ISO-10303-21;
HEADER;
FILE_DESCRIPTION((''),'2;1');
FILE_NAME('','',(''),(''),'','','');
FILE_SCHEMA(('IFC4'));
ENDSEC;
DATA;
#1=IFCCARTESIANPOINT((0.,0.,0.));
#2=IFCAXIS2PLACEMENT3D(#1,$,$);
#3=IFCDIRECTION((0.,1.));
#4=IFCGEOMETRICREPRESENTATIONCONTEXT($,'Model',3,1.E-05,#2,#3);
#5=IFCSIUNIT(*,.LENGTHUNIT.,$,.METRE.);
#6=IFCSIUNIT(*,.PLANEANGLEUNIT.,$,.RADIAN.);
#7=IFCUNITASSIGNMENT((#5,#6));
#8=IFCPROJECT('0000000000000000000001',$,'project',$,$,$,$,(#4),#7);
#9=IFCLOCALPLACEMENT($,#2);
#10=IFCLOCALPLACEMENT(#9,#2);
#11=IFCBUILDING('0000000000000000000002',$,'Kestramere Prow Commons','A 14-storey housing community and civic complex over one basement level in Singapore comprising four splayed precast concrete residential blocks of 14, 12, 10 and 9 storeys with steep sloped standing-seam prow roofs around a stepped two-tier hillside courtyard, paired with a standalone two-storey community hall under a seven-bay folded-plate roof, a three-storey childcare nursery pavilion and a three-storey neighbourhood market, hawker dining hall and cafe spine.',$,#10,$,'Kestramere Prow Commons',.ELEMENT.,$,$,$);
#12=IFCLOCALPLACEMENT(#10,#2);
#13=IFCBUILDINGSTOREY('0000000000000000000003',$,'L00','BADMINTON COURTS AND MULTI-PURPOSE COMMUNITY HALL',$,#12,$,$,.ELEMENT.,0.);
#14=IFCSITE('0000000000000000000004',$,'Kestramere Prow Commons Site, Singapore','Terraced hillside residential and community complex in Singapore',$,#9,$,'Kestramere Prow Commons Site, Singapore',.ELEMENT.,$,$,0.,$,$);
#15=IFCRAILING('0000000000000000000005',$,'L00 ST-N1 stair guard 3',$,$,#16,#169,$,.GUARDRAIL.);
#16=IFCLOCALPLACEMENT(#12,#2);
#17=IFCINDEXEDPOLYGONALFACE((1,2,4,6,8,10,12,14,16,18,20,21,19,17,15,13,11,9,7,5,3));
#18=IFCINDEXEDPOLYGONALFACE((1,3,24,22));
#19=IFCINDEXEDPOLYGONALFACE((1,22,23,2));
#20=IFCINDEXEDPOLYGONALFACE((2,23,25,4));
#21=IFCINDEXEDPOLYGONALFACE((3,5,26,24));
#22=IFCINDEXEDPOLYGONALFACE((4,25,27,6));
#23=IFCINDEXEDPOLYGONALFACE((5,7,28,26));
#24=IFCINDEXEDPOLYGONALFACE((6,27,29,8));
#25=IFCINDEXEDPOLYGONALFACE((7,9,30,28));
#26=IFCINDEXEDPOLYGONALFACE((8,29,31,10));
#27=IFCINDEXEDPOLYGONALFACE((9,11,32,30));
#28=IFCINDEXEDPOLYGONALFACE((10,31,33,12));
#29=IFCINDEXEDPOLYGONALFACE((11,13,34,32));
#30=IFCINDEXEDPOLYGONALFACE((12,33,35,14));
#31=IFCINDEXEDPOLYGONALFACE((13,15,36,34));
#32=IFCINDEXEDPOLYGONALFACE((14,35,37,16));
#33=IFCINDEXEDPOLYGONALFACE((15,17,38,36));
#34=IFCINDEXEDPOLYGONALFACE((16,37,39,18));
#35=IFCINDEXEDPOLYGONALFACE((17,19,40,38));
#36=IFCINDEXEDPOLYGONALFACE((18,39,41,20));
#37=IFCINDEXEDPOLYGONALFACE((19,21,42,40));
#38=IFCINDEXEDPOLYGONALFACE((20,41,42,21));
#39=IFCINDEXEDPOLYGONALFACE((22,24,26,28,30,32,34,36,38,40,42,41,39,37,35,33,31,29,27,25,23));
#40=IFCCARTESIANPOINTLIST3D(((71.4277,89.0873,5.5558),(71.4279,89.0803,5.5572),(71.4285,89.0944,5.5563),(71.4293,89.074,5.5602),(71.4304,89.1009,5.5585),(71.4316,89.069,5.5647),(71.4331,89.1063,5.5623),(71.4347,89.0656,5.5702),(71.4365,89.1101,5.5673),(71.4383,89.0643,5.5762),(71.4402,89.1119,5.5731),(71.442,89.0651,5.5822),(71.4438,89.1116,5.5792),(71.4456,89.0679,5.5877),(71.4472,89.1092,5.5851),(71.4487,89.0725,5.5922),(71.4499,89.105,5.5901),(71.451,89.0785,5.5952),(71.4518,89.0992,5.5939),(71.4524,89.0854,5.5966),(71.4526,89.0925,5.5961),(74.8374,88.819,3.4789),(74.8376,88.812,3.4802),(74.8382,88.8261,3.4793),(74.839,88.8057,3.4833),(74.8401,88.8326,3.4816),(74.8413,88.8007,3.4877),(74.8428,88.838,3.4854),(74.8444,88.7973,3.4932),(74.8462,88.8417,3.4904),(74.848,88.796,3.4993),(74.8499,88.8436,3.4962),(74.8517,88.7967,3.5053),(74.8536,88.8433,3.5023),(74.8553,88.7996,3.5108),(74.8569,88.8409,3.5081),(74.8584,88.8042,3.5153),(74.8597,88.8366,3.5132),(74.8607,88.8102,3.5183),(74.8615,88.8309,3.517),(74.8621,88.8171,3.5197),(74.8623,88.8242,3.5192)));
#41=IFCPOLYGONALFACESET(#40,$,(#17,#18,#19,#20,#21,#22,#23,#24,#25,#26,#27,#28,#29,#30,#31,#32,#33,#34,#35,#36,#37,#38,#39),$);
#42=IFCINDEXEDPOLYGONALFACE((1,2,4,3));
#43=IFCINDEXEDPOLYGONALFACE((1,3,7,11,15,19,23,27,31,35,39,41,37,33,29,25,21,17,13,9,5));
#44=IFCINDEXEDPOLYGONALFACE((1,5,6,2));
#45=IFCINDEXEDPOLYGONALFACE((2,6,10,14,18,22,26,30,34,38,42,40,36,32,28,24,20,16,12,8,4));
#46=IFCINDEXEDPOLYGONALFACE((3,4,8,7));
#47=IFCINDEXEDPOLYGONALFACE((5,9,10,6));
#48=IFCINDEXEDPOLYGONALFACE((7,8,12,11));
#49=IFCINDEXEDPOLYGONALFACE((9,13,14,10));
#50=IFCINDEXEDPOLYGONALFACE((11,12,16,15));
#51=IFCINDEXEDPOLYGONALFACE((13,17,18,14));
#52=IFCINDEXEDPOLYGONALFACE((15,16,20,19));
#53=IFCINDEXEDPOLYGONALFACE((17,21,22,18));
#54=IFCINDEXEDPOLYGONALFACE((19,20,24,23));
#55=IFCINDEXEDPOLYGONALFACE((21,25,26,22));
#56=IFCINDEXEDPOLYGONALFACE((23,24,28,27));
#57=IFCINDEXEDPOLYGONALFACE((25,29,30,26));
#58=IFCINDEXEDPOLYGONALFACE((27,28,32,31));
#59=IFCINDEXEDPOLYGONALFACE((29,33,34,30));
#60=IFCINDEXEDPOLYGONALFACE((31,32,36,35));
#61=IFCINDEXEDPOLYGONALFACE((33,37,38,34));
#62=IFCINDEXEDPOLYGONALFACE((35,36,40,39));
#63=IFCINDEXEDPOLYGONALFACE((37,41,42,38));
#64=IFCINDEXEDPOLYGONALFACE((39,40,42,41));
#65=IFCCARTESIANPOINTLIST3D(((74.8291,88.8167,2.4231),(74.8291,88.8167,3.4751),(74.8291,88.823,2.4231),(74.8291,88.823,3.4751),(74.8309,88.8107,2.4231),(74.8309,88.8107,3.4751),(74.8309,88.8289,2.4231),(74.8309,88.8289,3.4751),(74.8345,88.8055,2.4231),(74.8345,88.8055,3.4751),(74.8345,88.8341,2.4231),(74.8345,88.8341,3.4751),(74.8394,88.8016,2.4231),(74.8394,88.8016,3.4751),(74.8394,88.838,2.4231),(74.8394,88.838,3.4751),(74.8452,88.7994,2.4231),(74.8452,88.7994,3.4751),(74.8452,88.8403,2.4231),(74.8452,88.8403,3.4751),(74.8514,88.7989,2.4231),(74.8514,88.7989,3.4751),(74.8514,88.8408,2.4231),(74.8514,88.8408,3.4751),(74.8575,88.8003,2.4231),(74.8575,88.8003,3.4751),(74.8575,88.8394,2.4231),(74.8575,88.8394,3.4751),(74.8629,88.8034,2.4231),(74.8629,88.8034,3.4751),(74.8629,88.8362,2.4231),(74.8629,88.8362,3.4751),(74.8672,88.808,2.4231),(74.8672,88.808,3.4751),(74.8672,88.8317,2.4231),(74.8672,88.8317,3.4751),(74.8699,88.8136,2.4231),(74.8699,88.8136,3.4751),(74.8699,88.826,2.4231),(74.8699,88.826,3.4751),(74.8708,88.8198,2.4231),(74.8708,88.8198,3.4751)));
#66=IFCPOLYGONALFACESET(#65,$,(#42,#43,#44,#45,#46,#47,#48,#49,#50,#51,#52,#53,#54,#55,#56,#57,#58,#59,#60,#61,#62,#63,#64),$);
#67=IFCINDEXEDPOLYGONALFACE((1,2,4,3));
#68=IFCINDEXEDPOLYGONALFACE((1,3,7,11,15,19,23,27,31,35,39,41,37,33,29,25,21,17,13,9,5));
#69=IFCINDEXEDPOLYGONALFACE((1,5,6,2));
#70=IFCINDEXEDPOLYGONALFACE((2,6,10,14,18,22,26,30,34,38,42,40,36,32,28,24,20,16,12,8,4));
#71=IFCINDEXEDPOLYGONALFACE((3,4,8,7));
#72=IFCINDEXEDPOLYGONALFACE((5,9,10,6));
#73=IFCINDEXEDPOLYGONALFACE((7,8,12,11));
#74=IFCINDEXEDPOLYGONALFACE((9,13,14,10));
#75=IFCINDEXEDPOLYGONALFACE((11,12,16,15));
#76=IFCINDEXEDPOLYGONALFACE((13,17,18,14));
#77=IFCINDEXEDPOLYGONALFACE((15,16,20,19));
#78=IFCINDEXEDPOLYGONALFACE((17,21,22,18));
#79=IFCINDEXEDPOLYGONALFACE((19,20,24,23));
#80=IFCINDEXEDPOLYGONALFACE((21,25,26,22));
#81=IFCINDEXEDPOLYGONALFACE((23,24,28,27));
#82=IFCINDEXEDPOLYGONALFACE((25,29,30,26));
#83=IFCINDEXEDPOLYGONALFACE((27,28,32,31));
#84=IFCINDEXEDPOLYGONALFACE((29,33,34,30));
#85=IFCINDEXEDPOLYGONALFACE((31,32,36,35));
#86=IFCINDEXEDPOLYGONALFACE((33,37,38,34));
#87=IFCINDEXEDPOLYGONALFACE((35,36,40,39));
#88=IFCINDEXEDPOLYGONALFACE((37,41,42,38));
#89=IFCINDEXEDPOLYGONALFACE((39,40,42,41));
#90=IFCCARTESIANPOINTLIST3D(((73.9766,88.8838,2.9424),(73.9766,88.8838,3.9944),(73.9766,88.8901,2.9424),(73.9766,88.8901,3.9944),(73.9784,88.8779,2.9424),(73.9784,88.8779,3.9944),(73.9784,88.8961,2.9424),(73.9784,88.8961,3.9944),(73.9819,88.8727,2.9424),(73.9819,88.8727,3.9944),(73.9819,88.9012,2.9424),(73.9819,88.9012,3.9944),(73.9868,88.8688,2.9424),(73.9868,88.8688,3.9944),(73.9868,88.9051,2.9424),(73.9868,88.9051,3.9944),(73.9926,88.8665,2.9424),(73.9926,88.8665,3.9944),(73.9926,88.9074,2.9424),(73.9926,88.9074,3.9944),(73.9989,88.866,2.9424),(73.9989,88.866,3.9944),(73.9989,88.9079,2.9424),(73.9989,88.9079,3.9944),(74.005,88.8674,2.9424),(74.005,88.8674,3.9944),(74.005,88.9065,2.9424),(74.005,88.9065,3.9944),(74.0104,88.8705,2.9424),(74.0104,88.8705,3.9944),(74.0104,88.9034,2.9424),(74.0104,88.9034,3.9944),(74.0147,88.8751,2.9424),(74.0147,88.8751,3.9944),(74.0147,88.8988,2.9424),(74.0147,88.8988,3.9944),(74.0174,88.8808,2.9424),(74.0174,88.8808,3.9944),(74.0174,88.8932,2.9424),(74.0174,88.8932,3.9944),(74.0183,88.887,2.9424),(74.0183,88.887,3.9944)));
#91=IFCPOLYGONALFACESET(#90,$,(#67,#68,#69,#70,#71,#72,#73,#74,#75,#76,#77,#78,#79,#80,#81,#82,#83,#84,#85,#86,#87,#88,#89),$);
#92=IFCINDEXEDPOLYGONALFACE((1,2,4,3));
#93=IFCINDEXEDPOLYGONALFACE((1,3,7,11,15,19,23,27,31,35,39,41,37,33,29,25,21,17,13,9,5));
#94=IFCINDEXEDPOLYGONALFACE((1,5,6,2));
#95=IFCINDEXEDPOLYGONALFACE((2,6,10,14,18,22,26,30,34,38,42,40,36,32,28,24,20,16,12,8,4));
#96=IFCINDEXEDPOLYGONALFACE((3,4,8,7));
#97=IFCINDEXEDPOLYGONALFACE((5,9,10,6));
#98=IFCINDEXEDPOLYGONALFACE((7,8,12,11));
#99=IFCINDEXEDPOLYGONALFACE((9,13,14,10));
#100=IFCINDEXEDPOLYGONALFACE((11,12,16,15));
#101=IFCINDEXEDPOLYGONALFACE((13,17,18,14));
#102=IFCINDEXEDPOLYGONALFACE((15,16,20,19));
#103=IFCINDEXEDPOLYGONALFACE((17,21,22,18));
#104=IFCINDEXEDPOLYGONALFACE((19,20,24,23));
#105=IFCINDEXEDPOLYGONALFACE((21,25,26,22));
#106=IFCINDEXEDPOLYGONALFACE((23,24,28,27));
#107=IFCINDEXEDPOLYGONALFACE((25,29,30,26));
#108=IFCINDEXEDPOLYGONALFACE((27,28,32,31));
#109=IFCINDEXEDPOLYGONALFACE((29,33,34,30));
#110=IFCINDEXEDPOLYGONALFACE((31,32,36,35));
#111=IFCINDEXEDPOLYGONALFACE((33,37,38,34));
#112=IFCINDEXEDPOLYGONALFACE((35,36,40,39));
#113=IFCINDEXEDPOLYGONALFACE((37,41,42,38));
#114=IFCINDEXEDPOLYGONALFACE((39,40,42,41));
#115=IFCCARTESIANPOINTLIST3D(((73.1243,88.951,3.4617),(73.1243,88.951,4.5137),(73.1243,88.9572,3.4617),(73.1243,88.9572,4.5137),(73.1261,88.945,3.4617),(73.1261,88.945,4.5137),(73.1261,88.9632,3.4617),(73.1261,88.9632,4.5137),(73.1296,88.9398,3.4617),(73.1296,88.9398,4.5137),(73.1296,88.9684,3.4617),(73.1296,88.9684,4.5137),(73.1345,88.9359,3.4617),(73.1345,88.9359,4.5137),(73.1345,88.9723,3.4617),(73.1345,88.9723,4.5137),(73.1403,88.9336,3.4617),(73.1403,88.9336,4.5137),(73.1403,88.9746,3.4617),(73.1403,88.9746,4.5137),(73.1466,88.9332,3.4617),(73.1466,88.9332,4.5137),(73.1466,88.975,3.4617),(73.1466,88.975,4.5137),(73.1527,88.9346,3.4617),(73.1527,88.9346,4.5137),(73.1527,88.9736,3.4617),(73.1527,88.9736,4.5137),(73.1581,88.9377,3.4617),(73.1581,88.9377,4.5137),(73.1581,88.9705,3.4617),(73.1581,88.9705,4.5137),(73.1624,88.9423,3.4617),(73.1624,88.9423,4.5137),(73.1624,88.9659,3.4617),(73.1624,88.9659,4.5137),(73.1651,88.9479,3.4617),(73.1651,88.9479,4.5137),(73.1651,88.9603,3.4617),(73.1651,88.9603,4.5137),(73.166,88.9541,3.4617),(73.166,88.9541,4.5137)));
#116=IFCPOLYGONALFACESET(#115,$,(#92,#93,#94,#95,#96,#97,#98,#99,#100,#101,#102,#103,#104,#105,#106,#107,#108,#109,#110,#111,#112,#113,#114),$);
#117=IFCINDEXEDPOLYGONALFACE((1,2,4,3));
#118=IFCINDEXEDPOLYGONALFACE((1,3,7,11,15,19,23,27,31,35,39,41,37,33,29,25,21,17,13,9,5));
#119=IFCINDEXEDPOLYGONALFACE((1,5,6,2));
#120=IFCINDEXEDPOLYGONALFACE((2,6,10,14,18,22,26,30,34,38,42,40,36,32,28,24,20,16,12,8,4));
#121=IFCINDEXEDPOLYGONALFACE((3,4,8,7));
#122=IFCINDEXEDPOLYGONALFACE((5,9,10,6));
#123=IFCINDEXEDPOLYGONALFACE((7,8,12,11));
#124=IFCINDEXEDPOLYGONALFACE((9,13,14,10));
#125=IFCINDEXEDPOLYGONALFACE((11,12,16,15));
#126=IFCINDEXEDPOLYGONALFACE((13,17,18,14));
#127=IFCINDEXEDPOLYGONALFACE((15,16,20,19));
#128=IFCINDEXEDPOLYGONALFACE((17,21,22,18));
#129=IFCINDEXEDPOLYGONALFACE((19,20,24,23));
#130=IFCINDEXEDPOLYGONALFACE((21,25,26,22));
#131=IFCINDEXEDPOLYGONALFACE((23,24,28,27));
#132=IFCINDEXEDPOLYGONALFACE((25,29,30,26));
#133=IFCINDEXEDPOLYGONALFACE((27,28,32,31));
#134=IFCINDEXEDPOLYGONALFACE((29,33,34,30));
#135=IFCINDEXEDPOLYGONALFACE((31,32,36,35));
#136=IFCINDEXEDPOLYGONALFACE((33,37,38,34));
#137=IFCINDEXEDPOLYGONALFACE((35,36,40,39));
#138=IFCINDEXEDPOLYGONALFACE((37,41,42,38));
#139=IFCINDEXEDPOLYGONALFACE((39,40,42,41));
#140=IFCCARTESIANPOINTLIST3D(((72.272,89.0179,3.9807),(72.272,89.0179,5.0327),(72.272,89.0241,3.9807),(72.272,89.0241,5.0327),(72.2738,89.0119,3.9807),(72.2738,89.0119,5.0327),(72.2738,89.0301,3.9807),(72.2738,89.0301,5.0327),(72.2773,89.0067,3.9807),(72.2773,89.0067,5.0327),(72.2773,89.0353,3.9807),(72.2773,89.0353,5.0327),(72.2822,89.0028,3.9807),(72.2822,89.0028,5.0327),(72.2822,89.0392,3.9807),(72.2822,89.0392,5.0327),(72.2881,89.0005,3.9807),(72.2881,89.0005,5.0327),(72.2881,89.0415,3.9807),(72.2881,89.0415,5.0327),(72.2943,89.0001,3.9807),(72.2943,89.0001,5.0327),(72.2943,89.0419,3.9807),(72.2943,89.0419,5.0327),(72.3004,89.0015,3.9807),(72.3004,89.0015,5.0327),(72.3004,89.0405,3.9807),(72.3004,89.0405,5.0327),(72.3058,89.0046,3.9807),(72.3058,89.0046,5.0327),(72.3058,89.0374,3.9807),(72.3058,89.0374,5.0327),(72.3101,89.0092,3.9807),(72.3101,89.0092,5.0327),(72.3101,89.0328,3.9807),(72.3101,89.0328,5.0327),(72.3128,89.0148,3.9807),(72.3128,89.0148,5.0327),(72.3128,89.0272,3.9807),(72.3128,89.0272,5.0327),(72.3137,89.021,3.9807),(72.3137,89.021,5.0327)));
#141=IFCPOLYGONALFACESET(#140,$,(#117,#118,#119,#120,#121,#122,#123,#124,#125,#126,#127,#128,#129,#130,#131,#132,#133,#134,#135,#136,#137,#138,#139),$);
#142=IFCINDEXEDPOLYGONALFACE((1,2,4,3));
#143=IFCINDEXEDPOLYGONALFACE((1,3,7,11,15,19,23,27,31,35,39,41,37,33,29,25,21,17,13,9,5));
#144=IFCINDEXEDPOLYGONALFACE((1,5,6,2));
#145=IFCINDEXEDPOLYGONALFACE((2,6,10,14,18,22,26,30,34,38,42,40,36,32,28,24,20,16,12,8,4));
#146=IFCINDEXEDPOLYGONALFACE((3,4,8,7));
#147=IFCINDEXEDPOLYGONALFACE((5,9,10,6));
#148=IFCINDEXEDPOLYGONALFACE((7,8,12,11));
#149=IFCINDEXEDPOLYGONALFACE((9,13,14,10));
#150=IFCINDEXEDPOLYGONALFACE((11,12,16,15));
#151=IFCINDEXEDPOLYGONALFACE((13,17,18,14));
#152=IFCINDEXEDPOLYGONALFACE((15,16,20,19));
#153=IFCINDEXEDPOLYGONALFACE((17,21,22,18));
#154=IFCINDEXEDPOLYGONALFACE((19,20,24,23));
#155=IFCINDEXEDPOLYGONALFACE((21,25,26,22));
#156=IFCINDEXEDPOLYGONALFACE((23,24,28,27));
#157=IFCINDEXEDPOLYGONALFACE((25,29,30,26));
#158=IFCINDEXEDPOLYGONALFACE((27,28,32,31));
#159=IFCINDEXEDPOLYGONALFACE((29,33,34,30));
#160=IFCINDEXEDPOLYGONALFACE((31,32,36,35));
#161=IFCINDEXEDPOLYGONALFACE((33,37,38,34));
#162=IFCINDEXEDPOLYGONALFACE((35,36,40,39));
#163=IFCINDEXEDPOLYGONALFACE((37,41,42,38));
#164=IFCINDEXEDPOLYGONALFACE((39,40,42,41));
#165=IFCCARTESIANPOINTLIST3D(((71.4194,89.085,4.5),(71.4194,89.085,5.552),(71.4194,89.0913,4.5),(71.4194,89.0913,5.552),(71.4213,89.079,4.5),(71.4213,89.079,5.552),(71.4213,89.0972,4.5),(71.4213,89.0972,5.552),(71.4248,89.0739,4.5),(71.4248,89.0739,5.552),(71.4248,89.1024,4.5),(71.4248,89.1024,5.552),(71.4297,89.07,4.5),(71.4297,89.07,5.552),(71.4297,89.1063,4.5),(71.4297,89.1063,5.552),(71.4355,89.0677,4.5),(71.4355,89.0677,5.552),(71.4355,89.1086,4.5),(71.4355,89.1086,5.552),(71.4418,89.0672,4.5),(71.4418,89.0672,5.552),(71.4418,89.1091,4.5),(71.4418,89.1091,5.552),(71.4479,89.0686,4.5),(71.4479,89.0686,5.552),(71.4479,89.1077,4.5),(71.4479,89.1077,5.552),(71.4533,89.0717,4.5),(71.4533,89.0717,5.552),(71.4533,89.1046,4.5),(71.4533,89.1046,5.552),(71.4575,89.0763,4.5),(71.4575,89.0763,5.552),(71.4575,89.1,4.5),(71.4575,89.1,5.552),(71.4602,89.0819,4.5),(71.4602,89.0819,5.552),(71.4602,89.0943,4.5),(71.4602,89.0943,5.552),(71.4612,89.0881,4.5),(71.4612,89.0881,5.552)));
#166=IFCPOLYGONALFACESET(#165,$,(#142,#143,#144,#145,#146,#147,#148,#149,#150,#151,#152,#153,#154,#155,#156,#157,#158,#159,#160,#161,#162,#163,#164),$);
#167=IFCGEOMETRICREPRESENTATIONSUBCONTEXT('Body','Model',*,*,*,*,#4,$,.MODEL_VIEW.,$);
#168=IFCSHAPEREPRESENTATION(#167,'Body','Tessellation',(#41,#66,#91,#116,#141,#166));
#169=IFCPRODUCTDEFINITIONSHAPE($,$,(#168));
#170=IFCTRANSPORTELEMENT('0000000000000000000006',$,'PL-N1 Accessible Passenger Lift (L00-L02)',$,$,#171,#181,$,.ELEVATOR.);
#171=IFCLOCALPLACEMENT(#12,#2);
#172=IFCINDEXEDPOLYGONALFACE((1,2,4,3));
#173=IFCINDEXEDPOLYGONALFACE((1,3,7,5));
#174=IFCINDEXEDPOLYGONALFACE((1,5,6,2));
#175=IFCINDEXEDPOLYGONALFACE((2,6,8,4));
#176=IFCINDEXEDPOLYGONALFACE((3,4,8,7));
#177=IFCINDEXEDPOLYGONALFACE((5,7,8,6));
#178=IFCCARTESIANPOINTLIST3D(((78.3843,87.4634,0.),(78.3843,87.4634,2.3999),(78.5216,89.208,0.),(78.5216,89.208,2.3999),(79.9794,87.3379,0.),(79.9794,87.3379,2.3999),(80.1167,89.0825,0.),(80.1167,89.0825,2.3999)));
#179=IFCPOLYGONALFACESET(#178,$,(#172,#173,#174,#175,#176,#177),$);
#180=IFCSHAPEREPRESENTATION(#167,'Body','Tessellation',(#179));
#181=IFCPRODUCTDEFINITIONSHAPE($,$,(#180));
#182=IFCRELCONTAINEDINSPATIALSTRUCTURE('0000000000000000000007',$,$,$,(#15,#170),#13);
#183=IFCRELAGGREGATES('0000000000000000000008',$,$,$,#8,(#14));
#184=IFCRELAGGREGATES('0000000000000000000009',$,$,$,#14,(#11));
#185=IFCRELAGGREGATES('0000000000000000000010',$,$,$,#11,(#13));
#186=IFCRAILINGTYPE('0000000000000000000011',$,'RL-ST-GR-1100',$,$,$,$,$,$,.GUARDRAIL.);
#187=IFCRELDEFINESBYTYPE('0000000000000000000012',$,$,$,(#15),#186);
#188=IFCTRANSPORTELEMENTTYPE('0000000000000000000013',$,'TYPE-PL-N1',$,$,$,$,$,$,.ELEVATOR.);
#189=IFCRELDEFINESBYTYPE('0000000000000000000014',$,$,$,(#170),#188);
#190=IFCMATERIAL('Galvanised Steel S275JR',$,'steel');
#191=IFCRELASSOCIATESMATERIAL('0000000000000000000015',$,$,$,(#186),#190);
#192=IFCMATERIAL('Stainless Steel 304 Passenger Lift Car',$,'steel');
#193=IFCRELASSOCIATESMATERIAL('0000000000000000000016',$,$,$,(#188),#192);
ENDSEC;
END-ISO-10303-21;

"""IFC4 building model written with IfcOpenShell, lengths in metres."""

from ifc_helpers import new_model, si_unit, direction, frame, origin, origin_2d, place, context, subcontext, project, spatial, rectangle, circle, extrude, material, type_object, element, save


model = new_model("IFC4")

# Units and contexts
model_context = context("Model", 3, precision=1e-05, world=origin(), true_north=direction((0.0, 1.0)))
body_context = subcontext(model_context, "Body", "Model", "MODEL_VIEW")
ifc_project = project(units=[si_unit("LENGTHUNIT", "METRE"), si_unit("PLANEANGLEUNIT", "RADIAN")], contexts=[model_context])

# Site, building, storey
site_placement = place(None, origin())
site = spatial("IfcSite", under=ifc_project, at=site_placement, Name="Kestramere Prow Commons Site, Singapore", Description="Terraced hillside residential and community complex in Singapore", LongName="Kestramere Prow Commons Site, Singapore", CompositionType="ELEMENT", RefElevation=0.0)
building_placement = place(site_placement, origin())
building = spatial("IfcBuilding", under=site, at=building_placement, Name="Kestramere Prow Commons", Description="A 14-storey housing community and civic complex over one basement level in Singapore comprising four splayed precast concrete residential blocks of 14, 12, 10 and 9 storeys with steep sloped standing-seam prow roofs around a stepped two-tier hillside courtyard, paired with a standalone two-storey community hall under a seven-bay folded-plate roof, a three-storey childcare nursery pavilion and a three-storey neighbourhood market, hawker dining hall and cafe spine.", LongName="Kestramere Prow Commons", CompositionType="ELEMENT")
storey_placement = place(building_placement, origin())
storey = spatial("IfcBuildingStorey", under=building, at=storey_placement, Name="L00", Description="BADMINTON COURTS AND MULTI-PURPOSE COMMUNITY HALL", CompositionType="ELEMENT", Elevation=0.0)

# Railing
ifc_material_1 = material(Name="Galvanised Steel S275JR", Category="steel")
railing_type = type_object("IfcRailingType", Name="RL-ST-GR-1100", PredefinedType="GUARDRAIL", material=ifc_material_1)
railing_1_placement = place(storey_placement, frame((74.8499, 88.8198, 2.4231)))
element("IfcRailing", 1, at=railing_1_placement, inside=storey, type_object=railing_type, Name="L00 ST-N1 stair guard 3", PredefinedType="GUARDRAIL", context=body_context, shape_type="SweptSolid", body=[
    extrude(circle(Radius=0.0239, at=origin_2d()), frame((0.0, 0.0, 1.0762), z_axis=(-0.852115, 0.067054, 0.519042), x_axis=(-0.078449, -0.996918, 0.0)), (0.0, 0.0, 1.0), 4.0015),
    extrude(circle(Radius=0.021, at=origin_2d()), origin(), (0.0, 0.0, 1.0), 1.052),
    extrude(circle(Radius=0.021, at=origin_2d()), frame((-0.8525, 0.0671, 0.5193)), (0.0, 0.0, 1.0), 1.052),
    extrude(circle(Radius=0.021, at=origin_2d()), frame((-1.7048, 0.1343, 1.0386)), (0.0, 0.0, 1.0), 1.052),
    extrude(circle(Radius=0.021, at=origin_2d()), frame((-2.5571, 0.2012, 1.5576)), (0.0, 0.0, 1.0), 1.052),
    extrude(circle(Radius=0.021, at=origin_2d()), frame((-3.4097, 0.2683, 2.0769)), (0.0, 0.0, 1.0), 1.052),
])

# Transport element
ifc_material_2 = material(Name="Stainless Steel 304 Passenger Lift Car", Category="steel")
transport_element_type = type_object("IfcTransportElementType", Name="TYPE-PL-N1", PredefinedType="ELEVATOR", material=ifc_material_2)
transport_element_placement = place(storey_placement, frame((79.2505, 88.2729, 0.0), z_axis=(0.0, 0.0, 1.0), x_axis=(0.996917, -0.078459, 0.0)))
element("IfcTransportElement", 2, at=transport_element_placement, inside=storey, type_object=transport_element_type, Name="PL-N1 Accessible Passenger Lift (L00-L02)", PredefinedType="ELEVATOR", context=body_context, shape_type="SweptSolid", body=[
    extrude(rectangle(XDim=1.6001, YDim=1.75, at=origin_2d()), origin(), (0.0, 0.0, 1.0), 2.3999),
])

save(model, "model.ifc")
